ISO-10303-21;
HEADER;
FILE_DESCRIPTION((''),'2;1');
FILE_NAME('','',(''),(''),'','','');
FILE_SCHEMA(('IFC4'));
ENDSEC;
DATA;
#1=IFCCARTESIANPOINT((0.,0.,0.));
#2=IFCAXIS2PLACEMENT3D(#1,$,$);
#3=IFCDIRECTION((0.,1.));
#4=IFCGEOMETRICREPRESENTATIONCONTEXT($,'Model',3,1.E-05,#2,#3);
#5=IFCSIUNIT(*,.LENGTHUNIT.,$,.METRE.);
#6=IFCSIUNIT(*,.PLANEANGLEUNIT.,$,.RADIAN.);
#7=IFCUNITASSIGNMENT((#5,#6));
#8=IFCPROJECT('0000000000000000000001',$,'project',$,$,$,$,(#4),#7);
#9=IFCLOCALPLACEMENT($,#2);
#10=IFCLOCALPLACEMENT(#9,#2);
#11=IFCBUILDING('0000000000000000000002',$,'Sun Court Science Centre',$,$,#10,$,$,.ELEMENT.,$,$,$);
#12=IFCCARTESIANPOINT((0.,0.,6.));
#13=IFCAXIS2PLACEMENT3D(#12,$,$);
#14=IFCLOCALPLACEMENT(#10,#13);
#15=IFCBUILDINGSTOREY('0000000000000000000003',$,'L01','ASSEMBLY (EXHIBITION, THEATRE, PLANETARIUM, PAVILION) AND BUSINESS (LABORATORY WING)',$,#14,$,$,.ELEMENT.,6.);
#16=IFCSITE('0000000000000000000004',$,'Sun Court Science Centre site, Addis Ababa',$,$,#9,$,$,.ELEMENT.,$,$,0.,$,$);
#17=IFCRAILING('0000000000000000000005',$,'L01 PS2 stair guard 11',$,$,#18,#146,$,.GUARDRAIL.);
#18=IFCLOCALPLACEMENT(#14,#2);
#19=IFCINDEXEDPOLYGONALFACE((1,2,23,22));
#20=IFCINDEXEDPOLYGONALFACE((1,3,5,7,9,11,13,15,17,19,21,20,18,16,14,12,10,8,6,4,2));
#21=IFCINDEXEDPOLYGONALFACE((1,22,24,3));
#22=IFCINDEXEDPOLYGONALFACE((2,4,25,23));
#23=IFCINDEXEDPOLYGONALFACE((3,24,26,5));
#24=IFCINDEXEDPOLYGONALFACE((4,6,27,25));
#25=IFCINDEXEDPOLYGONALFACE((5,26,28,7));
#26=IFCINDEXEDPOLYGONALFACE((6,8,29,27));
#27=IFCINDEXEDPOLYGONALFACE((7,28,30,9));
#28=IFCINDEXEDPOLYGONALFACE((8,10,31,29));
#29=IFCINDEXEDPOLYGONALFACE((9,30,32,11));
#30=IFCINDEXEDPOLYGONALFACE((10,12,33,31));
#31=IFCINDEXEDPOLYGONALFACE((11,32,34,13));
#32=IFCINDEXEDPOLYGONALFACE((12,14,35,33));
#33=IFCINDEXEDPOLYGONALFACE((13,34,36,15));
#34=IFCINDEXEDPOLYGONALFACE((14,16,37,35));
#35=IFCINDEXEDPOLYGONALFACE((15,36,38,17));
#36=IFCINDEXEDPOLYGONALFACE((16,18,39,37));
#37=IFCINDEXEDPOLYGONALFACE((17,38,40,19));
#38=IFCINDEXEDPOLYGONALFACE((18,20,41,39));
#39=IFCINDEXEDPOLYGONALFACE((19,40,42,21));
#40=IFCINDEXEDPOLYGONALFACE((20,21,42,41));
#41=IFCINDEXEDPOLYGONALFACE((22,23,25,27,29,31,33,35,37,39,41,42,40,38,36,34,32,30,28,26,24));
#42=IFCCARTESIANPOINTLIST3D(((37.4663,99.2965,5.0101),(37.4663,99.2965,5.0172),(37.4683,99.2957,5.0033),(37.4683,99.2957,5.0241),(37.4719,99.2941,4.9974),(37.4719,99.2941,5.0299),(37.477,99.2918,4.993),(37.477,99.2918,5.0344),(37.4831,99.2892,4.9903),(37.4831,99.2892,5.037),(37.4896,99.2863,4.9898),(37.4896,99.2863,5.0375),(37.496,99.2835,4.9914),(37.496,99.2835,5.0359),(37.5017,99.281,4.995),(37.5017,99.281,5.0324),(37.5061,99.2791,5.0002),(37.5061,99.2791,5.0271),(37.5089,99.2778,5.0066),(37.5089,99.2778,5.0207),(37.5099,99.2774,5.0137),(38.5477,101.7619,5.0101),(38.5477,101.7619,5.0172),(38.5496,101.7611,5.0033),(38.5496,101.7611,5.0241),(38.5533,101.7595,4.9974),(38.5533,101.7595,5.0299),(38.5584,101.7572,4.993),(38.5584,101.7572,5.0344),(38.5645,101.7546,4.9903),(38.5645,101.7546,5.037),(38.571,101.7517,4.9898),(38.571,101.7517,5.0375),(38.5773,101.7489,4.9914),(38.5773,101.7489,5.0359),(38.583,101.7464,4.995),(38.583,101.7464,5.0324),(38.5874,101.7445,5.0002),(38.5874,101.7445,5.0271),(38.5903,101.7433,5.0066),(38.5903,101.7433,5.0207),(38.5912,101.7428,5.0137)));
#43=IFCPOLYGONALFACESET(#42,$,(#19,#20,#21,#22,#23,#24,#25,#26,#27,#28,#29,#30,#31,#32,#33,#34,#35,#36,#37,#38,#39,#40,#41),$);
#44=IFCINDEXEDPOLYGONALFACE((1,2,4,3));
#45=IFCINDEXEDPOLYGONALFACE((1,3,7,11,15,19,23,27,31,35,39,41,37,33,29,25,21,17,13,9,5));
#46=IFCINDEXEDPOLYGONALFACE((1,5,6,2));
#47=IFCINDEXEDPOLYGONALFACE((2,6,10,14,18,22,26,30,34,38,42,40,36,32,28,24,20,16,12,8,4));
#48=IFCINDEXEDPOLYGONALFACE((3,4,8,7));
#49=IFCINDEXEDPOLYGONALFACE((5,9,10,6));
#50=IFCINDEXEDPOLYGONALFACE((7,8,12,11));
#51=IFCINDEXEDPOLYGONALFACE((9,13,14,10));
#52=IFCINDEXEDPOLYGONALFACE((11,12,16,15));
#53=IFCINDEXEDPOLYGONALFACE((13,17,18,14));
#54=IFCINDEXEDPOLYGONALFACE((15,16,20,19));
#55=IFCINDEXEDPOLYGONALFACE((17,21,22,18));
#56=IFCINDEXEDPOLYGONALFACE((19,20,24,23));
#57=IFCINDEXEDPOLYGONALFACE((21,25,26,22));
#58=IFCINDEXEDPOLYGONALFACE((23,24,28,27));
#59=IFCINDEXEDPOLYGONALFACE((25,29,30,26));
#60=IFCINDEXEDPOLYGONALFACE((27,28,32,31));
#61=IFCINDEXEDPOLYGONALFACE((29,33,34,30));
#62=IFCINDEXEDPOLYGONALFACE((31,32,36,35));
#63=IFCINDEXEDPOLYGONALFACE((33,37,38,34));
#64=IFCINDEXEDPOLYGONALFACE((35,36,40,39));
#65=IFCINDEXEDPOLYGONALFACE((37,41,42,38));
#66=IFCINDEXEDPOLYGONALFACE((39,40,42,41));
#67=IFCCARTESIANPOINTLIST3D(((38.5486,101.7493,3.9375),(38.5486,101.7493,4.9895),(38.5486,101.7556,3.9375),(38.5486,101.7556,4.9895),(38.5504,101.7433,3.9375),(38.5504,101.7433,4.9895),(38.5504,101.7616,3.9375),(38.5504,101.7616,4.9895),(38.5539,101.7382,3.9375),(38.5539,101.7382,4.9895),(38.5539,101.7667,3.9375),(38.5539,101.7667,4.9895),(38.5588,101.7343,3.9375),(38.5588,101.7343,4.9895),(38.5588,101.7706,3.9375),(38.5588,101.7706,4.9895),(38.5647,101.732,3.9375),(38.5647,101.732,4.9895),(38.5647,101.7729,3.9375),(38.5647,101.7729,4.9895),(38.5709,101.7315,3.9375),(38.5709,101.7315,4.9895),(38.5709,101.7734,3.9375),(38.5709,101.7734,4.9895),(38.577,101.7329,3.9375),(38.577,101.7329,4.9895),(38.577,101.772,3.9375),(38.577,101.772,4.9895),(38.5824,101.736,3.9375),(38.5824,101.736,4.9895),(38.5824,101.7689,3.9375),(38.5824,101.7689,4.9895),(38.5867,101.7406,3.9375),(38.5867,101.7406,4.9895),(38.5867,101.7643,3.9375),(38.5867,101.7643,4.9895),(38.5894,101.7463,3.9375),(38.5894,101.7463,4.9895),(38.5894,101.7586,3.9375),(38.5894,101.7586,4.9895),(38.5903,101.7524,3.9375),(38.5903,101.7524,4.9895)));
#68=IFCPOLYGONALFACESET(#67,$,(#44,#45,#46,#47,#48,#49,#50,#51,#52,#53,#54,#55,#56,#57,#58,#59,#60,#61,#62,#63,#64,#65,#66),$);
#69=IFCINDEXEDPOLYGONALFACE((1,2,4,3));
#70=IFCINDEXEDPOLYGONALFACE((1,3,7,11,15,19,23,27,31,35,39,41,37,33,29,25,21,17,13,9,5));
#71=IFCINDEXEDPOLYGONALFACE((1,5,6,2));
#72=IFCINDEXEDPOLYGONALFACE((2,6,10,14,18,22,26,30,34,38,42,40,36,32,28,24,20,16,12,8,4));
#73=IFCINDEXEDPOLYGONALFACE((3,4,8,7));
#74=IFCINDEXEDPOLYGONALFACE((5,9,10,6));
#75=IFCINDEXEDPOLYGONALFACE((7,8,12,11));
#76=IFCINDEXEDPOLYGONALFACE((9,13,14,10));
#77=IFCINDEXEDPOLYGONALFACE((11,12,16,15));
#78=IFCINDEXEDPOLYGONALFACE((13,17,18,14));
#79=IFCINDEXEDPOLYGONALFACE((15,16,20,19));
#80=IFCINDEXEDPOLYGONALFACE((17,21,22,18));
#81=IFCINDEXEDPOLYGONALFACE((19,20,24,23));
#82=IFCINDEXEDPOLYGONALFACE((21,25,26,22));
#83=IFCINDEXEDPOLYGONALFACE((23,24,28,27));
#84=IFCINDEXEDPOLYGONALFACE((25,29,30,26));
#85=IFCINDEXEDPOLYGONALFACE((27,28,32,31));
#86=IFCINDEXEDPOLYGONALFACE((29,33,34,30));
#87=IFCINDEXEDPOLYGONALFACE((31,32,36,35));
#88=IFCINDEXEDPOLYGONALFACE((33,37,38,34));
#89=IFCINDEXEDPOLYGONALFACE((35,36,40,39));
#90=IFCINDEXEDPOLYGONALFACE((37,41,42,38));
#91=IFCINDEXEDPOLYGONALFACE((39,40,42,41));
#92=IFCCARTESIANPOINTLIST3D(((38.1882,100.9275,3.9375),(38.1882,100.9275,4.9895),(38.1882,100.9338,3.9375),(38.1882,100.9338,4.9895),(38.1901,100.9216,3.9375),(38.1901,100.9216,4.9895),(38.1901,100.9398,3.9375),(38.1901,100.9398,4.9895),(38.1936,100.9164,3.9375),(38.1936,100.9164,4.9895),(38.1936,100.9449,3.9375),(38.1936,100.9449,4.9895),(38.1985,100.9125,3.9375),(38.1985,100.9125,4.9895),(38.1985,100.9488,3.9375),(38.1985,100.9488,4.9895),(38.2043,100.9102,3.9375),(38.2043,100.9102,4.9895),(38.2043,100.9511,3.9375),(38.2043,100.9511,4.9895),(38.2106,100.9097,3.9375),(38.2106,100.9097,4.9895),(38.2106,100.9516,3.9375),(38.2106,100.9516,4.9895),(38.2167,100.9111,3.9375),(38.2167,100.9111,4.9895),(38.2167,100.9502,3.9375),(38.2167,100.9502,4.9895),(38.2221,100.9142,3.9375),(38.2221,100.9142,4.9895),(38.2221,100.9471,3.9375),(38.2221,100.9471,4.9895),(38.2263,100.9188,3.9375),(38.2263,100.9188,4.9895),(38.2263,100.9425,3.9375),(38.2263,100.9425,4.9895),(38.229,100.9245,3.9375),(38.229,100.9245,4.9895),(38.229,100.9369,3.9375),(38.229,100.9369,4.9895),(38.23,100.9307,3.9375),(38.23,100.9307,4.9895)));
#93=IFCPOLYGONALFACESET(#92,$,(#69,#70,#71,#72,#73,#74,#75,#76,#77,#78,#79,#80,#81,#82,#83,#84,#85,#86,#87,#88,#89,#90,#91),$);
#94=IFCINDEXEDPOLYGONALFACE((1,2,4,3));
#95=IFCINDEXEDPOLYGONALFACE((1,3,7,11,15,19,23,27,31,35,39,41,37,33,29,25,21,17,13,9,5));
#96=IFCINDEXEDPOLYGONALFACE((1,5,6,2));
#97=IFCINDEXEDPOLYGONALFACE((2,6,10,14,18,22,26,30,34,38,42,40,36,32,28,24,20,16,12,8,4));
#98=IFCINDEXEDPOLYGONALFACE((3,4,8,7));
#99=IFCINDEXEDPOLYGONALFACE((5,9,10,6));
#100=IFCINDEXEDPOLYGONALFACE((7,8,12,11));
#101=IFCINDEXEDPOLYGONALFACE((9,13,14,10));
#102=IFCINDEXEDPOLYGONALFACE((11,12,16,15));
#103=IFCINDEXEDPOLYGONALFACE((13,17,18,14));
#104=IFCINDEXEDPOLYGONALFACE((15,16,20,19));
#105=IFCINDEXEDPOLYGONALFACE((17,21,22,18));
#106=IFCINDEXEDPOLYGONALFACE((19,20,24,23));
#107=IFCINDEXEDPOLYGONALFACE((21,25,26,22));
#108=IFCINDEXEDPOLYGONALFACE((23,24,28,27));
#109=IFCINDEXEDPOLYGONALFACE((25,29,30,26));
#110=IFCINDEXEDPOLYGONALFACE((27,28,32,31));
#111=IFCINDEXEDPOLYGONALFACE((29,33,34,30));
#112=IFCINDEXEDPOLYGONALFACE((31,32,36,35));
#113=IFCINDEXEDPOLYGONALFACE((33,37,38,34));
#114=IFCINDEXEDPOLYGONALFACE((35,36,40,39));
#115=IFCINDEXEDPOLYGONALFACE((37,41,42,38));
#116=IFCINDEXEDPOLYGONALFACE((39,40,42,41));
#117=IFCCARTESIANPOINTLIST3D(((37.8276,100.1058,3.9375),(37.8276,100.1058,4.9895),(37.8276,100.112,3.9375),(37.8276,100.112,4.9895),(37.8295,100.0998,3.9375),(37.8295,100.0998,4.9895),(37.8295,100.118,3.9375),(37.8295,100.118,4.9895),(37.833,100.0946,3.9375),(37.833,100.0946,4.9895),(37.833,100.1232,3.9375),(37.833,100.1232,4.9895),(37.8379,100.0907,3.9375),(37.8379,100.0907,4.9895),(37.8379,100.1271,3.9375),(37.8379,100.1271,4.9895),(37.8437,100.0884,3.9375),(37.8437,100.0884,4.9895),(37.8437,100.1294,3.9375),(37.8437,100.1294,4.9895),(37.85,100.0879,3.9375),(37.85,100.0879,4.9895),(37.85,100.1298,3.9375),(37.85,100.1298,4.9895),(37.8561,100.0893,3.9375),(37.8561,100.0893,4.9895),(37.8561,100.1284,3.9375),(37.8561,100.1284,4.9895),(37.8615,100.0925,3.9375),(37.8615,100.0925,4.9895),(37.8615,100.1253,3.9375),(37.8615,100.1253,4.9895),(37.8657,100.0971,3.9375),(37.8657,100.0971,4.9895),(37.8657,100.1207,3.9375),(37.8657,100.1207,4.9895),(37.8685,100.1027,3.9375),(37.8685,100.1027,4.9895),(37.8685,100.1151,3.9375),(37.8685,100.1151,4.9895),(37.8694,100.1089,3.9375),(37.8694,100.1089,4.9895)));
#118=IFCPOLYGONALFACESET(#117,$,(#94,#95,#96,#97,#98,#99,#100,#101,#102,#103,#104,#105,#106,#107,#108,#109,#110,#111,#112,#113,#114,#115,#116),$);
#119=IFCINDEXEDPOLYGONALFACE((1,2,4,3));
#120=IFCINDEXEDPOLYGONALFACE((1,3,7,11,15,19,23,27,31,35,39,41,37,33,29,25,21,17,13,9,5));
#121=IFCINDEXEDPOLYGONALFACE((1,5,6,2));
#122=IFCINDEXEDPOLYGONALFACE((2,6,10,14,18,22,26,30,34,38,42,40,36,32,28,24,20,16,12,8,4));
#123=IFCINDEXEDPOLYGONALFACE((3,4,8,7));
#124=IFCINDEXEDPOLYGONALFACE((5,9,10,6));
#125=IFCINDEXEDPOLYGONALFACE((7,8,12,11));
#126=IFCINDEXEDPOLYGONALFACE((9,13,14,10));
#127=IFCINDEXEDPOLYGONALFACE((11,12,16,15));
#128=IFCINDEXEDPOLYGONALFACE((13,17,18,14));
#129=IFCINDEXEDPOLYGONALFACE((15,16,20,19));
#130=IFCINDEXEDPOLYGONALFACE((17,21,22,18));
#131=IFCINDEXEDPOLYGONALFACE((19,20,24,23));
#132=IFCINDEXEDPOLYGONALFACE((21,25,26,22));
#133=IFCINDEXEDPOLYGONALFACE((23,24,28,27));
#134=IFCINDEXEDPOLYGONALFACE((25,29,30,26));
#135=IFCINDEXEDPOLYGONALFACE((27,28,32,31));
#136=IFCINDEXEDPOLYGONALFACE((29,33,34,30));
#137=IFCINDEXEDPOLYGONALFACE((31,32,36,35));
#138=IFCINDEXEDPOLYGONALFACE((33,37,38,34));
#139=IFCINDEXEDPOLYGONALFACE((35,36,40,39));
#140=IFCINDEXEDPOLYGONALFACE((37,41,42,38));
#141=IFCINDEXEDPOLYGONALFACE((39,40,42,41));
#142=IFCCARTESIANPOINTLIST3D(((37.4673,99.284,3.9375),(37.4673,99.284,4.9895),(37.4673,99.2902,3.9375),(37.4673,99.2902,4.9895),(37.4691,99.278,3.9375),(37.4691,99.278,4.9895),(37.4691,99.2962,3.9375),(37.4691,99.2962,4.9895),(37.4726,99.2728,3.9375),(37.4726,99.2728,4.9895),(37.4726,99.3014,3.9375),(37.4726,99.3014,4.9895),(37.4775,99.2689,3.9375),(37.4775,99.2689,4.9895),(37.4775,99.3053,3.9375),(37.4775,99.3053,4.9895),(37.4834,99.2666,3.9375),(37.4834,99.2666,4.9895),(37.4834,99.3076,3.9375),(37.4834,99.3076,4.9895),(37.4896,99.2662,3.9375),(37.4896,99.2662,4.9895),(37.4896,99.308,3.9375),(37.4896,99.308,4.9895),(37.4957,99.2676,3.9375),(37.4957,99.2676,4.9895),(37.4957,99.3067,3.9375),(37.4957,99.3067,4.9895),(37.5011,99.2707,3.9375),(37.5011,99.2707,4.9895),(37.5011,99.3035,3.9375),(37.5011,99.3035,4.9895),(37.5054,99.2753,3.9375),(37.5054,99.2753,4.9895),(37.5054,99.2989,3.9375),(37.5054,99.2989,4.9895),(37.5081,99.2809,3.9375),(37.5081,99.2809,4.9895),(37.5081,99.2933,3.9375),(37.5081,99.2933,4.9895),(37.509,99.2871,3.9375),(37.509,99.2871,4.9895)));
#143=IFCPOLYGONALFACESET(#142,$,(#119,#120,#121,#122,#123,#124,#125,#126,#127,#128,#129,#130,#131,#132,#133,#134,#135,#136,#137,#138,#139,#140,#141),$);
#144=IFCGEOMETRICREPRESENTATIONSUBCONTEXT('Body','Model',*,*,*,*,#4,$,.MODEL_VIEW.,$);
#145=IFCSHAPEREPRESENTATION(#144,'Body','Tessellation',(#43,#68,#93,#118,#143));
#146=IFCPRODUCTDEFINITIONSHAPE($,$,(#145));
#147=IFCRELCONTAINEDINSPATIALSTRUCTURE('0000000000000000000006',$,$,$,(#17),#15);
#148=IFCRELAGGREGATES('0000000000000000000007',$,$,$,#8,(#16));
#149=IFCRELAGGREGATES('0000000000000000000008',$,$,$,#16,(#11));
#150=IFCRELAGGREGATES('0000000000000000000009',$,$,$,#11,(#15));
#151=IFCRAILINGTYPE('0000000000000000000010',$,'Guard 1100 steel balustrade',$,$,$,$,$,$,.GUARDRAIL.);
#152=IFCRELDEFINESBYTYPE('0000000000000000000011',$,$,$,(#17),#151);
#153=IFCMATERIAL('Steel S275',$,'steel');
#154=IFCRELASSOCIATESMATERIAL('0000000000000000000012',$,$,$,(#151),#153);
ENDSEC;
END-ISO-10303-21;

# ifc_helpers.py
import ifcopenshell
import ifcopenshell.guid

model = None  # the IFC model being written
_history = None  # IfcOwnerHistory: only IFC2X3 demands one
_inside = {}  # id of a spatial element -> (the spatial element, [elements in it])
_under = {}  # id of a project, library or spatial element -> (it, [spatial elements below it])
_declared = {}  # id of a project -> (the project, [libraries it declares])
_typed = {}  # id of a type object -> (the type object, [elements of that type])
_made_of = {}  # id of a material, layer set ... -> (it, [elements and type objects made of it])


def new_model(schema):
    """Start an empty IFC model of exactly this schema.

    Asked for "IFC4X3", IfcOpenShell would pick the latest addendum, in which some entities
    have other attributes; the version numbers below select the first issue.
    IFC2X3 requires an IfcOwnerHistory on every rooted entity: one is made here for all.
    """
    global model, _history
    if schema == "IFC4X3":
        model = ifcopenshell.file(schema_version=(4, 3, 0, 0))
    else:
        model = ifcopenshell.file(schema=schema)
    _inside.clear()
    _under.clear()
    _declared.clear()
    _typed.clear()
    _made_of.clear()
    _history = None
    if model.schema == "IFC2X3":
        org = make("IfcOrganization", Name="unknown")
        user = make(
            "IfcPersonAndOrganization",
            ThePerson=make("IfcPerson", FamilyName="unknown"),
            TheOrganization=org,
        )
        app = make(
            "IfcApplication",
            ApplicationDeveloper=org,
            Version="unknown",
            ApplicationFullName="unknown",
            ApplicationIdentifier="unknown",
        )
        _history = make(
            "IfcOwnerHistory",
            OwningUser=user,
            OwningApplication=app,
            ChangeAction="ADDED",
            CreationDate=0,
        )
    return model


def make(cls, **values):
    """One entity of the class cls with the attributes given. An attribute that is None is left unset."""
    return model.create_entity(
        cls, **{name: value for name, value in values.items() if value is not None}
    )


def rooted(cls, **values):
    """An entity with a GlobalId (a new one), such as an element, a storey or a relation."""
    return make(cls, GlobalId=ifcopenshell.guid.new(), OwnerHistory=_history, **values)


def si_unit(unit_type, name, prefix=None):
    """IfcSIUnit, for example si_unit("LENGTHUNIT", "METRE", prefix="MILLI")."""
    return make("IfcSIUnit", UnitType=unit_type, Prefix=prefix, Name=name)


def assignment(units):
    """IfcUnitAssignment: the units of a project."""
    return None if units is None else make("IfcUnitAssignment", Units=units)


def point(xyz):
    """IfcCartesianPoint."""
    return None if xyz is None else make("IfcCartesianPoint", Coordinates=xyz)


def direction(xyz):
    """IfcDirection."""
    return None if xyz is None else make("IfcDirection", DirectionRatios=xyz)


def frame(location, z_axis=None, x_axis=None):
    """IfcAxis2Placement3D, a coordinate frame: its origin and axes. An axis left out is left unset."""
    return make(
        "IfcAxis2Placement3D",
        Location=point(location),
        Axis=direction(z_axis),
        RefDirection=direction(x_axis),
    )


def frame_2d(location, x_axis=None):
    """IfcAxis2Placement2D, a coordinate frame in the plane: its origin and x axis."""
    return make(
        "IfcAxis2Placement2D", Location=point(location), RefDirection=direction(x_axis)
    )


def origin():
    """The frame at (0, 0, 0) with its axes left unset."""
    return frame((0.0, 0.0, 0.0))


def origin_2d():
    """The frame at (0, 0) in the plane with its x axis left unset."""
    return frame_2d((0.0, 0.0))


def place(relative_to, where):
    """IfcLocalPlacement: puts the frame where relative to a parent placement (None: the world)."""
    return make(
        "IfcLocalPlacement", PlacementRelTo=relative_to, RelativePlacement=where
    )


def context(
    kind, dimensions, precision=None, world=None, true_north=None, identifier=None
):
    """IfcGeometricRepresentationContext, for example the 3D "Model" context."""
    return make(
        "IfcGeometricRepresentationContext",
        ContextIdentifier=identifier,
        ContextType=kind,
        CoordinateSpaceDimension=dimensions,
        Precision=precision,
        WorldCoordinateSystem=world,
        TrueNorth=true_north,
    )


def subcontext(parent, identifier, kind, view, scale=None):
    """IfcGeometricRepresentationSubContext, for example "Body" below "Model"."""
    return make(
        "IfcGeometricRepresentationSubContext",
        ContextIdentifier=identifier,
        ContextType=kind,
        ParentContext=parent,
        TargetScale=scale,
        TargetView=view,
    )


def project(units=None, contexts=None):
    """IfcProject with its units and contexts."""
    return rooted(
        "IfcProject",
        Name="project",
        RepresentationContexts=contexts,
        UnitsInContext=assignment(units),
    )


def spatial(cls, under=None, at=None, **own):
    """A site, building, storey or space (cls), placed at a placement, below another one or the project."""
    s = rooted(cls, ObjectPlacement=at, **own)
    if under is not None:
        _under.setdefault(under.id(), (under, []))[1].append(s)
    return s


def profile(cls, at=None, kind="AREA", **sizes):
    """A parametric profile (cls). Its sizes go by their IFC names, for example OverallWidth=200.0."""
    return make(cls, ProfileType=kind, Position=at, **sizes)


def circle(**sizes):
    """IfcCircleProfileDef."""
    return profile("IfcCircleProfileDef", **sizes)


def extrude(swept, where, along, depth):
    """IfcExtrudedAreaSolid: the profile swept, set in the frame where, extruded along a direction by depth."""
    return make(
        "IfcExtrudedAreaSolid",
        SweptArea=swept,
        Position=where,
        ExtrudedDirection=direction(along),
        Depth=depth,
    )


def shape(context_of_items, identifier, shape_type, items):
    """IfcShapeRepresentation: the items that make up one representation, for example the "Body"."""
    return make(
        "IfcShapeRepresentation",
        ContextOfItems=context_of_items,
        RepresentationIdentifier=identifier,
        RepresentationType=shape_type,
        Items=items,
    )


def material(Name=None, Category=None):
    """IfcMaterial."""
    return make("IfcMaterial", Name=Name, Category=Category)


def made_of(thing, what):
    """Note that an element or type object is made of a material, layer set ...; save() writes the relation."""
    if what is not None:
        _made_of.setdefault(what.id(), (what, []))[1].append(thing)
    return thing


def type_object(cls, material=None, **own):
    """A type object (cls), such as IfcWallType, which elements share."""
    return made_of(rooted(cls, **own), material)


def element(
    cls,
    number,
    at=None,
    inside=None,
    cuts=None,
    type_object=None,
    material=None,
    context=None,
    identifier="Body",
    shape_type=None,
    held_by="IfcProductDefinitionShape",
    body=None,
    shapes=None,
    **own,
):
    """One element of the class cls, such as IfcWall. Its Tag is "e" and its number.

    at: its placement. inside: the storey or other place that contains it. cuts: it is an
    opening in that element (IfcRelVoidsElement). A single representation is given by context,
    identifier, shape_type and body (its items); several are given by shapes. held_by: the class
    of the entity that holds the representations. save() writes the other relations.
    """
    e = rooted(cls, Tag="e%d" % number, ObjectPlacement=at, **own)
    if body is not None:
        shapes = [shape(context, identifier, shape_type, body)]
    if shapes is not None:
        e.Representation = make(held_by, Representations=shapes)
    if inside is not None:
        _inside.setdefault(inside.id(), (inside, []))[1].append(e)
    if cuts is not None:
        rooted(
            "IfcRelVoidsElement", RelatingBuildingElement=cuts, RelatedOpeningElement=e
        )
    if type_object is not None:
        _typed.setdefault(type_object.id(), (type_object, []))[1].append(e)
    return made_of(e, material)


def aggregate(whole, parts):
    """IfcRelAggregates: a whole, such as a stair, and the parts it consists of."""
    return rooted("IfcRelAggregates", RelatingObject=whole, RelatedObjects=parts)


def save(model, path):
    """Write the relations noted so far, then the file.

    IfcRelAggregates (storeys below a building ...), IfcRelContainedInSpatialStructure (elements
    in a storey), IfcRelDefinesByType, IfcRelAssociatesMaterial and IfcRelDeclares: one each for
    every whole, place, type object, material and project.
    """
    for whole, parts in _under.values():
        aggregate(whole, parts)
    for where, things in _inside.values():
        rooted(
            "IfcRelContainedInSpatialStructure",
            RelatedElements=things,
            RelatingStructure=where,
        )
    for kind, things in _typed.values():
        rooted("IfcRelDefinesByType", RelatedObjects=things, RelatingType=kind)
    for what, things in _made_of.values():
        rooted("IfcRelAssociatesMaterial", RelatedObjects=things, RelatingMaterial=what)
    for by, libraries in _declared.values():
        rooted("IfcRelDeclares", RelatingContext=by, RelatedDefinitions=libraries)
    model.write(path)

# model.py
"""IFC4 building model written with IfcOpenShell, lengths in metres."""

from ifc_helpers import new_model, si_unit, direction, frame, origin, origin_2d, place, context, subcontext, project, spatial, circle, extrude, material, type_object, element, save


model = new_model("IFC4")

# Units and contexts
model_context = context("Model", 3, precision=1e-05, world=origin(), true_north=direction((0.0, 1.0)))
body_context = subcontext(model_context, "Body", "Model", "MODEL_VIEW")
ifc_project = project(units=[si_unit("LENGTHUNIT", "METRE"), si_unit("PLANEANGLEUNIT", "RADIAN")], contexts=[model_context])

# Site, building, storey
site_placement = place(None, origin())
site = spatial("IfcSite", under=ifc_project, at=site_placement, Name="Sun Court Science Centre site, Addis Ababa", CompositionType="ELEMENT", RefElevation=0.0)
building_placement = place(site_placement, origin())
building = spatial("IfcBuilding", under=site, at=building_placement, Name="Sun Court Science Centre", CompositionType="ELEMENT")
storey_placement = place(building_placement, frame((0.0, 0.0, 6.0)))
storey = spatial("IfcBuildingStorey", under=building, at=storey_placement, Name="L01", Description="ASSEMBLY (EXHIBITION, THEATRE, PLANETARIUM, PAVILION) AND BUSINESS (LABORATORY WING)", CompositionType="ELEMENT", Elevation=6.0)

# Railing
ifc_material_1 = material(Name="Steel S275", Category="steel")
railing_type = type_object("IfcRailingType", Name="Guard 1100 steel balustrade", PredefinedType="GUARDRAIL", material=ifc_material_1)
railing_1_placement = place(storey_placement, frame((38.5693, 101.7524, 3.9375)))
element("IfcRailing", 1, at=railing_1_placement, inside=storey, type_object=railing_type, Name="L01 PS2 stair guard 11", PredefinedType="GUARDRAIL", context=body_context, shape_type="SweptSolid", body=[
    extrude(circle(Radius=0.0239, at=origin_2d()), frame((0.0, 0.0, 1.0762), z_axis=(-0.401665, -0.915786, 0.0), x_axis=(0.915786, -0.401665, 0.0)), (0.0, 0.0, 1.0), 2.6921),
    extrude(circle(Radius=0.021, at=origin_2d()), origin(), (0.0, 0.0, 1.0), 1.052),
    extrude(circle(Radius=0.021, at=origin_2d()), frame((-0.3604, -0.8218, 0.0)), (0.0, 0.0, 1.0), 1.052),
    extrude(circle(Radius=0.021, at=origin_2d()), frame((-0.7209, -1.6436, 0.0)), (0.0, 0.0, 1.0), 1.052),
    extrude(circle(Radius=0.021, at=origin_2d()), frame((-1.0813, -2.4653, 0.0)), (0.0, 0.0, 1.0), 1.052),
])

save(model, "model.ifc")
